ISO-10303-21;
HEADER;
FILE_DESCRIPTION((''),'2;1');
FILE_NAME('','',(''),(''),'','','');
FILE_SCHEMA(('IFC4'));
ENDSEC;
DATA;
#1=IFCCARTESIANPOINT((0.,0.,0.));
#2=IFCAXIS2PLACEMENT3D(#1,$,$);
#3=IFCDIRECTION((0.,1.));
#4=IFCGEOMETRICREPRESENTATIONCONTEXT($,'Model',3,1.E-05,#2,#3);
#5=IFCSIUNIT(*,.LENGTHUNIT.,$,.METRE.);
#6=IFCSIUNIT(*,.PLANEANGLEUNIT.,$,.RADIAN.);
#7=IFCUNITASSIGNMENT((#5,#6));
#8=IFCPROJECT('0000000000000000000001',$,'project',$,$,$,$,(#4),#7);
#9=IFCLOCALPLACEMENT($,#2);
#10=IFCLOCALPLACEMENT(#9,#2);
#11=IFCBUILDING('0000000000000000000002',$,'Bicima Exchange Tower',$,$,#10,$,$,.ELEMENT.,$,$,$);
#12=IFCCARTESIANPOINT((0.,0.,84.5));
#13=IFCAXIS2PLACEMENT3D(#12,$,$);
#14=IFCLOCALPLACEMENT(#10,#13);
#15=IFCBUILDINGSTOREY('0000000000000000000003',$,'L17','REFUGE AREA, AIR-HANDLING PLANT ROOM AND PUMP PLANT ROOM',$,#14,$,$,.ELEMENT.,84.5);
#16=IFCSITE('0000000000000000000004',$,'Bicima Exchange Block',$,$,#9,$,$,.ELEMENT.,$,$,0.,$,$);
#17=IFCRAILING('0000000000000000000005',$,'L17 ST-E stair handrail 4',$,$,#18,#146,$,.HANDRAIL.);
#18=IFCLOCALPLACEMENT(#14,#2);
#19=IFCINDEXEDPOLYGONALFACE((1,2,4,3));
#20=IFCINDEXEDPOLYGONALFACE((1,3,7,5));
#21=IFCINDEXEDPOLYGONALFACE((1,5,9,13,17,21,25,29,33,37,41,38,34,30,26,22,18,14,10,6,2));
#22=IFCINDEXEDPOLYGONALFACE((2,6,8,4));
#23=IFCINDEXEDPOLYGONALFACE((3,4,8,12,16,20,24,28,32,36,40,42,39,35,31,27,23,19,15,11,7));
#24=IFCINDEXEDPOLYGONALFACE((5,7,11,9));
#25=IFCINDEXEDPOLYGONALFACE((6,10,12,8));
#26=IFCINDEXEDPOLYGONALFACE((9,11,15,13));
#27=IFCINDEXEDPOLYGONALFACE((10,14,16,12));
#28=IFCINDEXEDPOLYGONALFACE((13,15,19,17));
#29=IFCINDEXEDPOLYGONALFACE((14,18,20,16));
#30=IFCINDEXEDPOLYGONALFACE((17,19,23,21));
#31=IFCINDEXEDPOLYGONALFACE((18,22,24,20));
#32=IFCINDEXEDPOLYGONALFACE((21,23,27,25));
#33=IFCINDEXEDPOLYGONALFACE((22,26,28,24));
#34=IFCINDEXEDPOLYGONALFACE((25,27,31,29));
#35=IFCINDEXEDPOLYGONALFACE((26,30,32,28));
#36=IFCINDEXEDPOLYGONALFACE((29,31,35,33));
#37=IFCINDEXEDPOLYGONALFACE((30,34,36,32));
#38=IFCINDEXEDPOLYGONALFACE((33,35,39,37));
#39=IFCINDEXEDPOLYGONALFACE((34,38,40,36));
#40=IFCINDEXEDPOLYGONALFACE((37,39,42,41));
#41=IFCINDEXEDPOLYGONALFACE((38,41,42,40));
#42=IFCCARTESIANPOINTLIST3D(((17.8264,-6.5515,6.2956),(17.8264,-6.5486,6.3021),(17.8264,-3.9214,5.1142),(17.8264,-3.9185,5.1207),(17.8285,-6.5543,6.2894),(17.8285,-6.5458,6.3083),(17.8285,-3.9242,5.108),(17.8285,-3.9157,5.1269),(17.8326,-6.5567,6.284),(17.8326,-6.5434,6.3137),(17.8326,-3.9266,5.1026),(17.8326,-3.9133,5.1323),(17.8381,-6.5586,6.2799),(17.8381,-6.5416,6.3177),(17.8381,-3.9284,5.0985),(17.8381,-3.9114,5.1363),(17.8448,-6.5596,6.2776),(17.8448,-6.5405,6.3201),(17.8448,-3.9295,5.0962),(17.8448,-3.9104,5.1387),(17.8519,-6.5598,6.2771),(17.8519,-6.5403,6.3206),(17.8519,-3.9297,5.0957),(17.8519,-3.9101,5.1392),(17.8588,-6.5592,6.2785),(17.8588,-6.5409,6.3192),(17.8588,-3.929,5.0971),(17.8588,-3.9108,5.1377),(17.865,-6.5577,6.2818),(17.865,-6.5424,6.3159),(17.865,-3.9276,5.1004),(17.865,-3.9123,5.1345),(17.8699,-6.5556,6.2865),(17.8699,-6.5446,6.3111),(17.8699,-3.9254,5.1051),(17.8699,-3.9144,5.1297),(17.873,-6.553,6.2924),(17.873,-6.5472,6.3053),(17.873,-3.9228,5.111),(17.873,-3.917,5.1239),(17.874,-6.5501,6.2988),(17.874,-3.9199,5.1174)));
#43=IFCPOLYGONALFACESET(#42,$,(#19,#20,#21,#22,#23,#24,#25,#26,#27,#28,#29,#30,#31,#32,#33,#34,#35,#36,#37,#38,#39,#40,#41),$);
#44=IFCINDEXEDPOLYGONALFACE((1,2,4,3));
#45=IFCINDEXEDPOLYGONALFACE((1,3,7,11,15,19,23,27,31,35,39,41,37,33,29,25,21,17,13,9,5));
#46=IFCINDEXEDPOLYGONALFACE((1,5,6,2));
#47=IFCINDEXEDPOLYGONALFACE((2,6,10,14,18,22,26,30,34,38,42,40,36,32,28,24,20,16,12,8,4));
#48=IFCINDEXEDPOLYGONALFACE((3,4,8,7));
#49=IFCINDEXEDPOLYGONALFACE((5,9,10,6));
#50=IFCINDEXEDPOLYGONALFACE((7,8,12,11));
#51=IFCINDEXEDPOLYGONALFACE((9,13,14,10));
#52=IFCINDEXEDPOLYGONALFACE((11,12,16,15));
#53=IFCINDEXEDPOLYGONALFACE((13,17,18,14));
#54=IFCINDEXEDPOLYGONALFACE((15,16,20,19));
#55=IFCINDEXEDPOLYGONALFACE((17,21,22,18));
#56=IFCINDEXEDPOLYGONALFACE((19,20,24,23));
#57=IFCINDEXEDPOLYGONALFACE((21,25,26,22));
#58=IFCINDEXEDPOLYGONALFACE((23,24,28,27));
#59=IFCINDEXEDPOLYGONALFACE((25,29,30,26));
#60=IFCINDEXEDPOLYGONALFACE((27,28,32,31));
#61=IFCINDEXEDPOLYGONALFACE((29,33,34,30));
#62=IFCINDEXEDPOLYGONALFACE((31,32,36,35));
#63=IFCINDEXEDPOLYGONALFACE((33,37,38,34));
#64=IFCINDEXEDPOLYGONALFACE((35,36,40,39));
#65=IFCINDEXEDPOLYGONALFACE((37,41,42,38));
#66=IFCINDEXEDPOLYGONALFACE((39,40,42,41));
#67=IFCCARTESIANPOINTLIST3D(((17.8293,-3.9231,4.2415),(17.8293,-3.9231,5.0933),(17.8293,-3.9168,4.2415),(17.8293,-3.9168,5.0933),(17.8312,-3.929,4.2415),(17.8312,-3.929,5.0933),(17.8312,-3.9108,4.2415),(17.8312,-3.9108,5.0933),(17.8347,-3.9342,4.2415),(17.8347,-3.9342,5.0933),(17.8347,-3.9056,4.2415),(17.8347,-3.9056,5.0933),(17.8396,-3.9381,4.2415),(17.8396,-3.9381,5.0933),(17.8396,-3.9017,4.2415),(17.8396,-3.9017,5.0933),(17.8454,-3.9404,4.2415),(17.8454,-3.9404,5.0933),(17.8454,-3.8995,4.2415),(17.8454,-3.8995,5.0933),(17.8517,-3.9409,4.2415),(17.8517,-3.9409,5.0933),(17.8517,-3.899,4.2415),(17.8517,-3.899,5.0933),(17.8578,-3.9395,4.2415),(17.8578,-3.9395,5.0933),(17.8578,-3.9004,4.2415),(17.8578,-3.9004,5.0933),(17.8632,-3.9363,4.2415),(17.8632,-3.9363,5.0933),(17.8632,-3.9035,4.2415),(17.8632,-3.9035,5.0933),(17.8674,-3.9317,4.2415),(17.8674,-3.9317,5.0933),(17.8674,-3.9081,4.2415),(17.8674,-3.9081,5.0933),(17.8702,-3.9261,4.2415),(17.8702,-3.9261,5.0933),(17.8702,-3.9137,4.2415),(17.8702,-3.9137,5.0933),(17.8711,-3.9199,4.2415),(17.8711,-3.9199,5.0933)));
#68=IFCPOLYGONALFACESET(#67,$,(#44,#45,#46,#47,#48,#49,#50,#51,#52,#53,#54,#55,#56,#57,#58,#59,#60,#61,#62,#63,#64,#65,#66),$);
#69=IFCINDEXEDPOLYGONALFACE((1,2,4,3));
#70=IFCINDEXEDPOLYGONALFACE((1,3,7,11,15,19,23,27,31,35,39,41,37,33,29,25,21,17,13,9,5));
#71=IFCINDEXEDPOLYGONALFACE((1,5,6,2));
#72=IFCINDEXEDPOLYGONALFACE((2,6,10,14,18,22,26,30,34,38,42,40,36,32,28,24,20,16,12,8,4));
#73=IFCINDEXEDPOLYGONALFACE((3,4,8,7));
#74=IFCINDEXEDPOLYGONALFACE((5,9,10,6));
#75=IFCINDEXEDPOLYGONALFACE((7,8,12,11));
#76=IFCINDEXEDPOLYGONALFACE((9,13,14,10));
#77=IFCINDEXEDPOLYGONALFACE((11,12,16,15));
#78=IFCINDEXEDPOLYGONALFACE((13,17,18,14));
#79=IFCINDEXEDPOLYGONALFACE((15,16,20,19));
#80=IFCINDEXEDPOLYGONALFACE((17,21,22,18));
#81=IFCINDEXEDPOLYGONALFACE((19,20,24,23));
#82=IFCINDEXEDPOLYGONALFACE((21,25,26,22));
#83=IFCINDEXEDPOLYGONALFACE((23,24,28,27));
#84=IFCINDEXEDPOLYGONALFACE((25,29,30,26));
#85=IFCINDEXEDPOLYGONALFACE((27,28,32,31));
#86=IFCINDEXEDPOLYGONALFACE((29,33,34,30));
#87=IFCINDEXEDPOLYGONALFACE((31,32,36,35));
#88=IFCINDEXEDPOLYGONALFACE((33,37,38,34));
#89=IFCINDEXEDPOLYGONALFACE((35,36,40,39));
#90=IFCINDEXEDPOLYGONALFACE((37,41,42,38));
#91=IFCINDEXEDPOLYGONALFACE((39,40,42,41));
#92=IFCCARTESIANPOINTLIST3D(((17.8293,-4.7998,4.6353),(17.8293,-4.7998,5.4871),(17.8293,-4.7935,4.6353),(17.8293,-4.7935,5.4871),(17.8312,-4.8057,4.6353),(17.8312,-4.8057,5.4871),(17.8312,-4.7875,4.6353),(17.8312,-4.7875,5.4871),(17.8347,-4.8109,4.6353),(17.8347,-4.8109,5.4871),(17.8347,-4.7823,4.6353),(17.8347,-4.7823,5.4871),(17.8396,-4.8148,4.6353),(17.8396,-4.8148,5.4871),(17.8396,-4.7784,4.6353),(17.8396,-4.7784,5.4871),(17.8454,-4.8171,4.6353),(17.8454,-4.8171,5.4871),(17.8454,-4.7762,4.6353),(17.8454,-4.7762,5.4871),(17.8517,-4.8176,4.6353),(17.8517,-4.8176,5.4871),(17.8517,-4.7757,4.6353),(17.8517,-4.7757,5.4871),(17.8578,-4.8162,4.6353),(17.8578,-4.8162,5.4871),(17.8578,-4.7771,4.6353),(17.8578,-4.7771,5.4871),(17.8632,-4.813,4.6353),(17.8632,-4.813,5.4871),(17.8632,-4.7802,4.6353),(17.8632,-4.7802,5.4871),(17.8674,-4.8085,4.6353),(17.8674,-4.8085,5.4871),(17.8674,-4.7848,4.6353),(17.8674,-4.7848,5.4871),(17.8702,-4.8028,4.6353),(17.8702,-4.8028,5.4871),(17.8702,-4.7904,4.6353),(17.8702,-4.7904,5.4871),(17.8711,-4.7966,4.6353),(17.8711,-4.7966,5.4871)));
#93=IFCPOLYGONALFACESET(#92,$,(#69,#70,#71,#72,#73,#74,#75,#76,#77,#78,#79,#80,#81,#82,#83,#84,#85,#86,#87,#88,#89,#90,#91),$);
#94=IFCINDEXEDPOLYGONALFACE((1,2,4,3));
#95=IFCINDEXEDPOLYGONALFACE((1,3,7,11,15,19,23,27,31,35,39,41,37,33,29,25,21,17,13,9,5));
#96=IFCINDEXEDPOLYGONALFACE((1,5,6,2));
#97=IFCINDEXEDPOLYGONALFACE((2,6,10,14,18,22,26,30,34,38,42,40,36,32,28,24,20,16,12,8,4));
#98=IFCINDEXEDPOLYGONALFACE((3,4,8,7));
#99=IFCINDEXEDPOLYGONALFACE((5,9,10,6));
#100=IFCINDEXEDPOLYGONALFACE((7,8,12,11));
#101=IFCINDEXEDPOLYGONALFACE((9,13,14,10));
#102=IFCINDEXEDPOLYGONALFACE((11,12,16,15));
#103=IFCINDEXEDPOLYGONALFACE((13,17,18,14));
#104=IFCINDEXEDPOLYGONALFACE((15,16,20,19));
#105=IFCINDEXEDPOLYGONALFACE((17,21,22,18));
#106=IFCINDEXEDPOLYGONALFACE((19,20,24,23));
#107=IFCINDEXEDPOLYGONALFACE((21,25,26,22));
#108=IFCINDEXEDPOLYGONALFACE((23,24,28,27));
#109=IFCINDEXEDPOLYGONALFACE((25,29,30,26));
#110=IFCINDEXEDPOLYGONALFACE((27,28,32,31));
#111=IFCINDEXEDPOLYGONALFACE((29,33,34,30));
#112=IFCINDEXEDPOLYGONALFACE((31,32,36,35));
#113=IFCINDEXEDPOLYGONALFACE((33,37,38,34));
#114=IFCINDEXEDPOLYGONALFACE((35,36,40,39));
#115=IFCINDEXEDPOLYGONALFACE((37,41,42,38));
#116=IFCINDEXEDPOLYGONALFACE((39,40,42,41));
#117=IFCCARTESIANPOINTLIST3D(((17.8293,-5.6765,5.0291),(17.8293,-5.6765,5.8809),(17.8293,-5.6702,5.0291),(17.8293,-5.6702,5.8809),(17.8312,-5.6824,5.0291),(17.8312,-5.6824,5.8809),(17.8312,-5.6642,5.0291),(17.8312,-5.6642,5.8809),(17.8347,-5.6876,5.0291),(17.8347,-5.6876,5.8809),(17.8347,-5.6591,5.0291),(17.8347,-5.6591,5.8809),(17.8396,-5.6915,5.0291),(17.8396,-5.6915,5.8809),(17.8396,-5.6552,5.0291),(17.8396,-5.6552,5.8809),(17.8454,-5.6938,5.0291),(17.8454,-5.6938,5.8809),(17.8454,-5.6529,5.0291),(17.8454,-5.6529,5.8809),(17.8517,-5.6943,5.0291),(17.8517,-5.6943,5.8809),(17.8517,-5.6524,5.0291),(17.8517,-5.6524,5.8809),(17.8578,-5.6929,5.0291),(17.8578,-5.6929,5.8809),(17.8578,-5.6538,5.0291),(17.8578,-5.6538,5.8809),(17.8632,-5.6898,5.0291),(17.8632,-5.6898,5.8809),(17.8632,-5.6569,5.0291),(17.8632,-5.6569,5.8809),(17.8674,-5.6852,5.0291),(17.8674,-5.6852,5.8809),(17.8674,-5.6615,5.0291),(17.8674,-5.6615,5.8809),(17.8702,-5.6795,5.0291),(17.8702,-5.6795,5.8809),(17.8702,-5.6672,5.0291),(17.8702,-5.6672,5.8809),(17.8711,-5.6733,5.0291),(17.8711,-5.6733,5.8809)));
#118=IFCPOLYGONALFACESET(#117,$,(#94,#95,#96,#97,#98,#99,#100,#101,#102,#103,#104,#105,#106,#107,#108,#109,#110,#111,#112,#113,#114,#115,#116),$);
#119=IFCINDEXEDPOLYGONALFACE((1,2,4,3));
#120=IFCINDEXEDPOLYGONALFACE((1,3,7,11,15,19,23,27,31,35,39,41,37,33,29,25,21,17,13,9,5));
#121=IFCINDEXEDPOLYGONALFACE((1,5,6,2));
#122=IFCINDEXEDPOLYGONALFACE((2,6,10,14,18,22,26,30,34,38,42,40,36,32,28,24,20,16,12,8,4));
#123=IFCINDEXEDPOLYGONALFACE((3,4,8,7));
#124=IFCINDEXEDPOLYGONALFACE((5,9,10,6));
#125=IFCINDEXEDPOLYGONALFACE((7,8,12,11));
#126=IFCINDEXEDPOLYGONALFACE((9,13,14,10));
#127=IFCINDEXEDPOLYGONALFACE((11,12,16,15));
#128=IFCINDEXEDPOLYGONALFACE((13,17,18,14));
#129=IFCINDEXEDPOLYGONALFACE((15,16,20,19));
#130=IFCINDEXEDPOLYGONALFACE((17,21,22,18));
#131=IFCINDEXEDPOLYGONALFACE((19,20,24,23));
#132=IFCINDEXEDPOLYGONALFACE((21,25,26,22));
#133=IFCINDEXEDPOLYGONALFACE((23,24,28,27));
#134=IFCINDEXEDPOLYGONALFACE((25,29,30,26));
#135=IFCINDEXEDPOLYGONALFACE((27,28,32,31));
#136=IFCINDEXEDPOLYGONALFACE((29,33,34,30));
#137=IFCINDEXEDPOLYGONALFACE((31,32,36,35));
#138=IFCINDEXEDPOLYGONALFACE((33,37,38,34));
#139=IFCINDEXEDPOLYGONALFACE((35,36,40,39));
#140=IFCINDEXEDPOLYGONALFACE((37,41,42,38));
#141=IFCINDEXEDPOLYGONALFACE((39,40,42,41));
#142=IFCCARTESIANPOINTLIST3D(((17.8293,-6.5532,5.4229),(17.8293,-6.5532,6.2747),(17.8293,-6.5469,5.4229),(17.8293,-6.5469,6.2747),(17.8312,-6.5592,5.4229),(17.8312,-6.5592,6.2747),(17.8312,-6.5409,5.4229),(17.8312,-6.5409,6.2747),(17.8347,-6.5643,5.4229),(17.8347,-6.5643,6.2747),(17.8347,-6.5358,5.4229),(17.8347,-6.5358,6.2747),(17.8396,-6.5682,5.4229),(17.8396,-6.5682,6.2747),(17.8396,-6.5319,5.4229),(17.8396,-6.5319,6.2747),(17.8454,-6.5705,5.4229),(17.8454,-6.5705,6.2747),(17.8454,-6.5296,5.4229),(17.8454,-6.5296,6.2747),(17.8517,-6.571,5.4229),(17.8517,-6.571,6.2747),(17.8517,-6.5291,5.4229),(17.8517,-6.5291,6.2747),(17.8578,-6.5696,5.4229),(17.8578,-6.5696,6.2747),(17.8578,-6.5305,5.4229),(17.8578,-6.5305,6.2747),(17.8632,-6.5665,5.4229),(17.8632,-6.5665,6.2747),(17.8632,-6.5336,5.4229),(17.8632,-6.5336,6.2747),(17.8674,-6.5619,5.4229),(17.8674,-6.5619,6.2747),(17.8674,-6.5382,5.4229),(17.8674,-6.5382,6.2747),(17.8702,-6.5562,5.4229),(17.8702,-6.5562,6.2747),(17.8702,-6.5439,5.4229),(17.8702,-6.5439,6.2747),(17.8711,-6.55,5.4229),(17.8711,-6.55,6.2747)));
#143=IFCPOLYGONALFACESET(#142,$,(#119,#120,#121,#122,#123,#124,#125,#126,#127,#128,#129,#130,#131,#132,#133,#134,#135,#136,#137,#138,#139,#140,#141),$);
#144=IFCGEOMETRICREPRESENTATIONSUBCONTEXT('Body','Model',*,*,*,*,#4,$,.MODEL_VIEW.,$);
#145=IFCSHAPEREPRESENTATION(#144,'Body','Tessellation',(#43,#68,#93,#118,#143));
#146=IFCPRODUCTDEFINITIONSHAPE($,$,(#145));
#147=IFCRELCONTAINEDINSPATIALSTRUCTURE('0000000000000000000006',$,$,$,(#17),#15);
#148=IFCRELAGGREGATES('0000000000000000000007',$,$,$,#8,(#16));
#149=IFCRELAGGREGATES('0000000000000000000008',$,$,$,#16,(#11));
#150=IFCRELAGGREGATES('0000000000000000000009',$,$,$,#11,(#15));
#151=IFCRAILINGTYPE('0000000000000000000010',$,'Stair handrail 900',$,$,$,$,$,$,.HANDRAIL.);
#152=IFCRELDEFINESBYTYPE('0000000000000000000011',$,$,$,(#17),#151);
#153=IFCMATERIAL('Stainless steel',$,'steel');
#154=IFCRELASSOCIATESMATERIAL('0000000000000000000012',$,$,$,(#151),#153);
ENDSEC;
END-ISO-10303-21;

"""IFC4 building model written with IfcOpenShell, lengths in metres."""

from ifc_helpers import new_model, si_unit, direction, frame, origin, origin_2d, place, context, subcontext, project, spatial, circle, extrude, material, type_object, element, save


model = new_model("IFC4")

# Units and contexts
model_context = context("Model", 3, precision=1e-05, world=origin(), true_north=direction((0.0, 1.0)))
body_context = subcontext(model_context, "Body", "Model", "MODEL_VIEW")
ifc_project = project(units=[si_unit("LENGTHUNIT", "METRE"), si_unit("PLANEANGLEUNIT", "RADIAN")], contexts=[model_context])

# Site, building, storey
site_placement = place(None, origin())
site = spatial("IfcSite", under=ifc_project, at=site_placement, Name="Bicima Exchange Block", CompositionType="ELEMENT", RefElevation=0.0)
building_placement = place(site_placement, origin())
building = spatial("IfcBuilding", under=site, at=building_placement, Name="Bicima Exchange Tower", CompositionType="ELEMENT")
storey_placement = place(building_placement, frame((0.0, 0.0, 84.5)))
storey = spatial("IfcBuildingStorey", under=building, at=storey_placement, Name="L17", Description="REFUGE AREA, AIR-HANDLING PLANT ROOM AND PUMP PLANT ROOM", CompositionType="ELEMENT", Elevation=84.5)

# Railing
ifc_material_1 = material(Name="Stainless steel", Category="steel")
railing_type = type_object("IfcRailingType", Name="Stair handrail 900", PredefinedType="HANDRAIL", material=ifc_material_1)
railing_1_placement = place(storey_placement, frame((17.8501, -3.9199, 4.2415)))
element("IfcRailing", 1, at=railing_1_placement, inside=storey, type_object=railing_type, Name="L17 ST-E stair handrail 4", PredefinedType="HANDRAIL", context=body_context, shape_type="SweptSolid", body=[
    extrude(circle(Radius=0.0239, at=origin_2d()), frame((0.0, 0.0, 0.876), z_axis=(0.0, -0.912202, 0.409741), x_axis=(1.0, 0.0, 0.0)), (0.0, 0.0, 1.0), 2.8833),
    extrude(circle(Radius=0.021, at=origin_2d()), origin(), (0.0, 0.0, 1.0), 0.8518),
    extrude(circle(Radius=0.021, at=origin_2d()), frame((0.0, -0.8767, 0.3938)), (0.0, 0.0, 1.0), 0.8518),
    extrude(circle(Radius=0.021, at=origin_2d()), frame((0.0, -1.7534, 0.7876)), (0.0, 0.0, 1.0), 0.8518),
    extrude(circle(Radius=0.021, at=origin_2d()), frame((0.0, -2.6301, 1.1814)), (0.0, 0.0, 1.0), 0.8518),
])

save(model, "model.ifc")
